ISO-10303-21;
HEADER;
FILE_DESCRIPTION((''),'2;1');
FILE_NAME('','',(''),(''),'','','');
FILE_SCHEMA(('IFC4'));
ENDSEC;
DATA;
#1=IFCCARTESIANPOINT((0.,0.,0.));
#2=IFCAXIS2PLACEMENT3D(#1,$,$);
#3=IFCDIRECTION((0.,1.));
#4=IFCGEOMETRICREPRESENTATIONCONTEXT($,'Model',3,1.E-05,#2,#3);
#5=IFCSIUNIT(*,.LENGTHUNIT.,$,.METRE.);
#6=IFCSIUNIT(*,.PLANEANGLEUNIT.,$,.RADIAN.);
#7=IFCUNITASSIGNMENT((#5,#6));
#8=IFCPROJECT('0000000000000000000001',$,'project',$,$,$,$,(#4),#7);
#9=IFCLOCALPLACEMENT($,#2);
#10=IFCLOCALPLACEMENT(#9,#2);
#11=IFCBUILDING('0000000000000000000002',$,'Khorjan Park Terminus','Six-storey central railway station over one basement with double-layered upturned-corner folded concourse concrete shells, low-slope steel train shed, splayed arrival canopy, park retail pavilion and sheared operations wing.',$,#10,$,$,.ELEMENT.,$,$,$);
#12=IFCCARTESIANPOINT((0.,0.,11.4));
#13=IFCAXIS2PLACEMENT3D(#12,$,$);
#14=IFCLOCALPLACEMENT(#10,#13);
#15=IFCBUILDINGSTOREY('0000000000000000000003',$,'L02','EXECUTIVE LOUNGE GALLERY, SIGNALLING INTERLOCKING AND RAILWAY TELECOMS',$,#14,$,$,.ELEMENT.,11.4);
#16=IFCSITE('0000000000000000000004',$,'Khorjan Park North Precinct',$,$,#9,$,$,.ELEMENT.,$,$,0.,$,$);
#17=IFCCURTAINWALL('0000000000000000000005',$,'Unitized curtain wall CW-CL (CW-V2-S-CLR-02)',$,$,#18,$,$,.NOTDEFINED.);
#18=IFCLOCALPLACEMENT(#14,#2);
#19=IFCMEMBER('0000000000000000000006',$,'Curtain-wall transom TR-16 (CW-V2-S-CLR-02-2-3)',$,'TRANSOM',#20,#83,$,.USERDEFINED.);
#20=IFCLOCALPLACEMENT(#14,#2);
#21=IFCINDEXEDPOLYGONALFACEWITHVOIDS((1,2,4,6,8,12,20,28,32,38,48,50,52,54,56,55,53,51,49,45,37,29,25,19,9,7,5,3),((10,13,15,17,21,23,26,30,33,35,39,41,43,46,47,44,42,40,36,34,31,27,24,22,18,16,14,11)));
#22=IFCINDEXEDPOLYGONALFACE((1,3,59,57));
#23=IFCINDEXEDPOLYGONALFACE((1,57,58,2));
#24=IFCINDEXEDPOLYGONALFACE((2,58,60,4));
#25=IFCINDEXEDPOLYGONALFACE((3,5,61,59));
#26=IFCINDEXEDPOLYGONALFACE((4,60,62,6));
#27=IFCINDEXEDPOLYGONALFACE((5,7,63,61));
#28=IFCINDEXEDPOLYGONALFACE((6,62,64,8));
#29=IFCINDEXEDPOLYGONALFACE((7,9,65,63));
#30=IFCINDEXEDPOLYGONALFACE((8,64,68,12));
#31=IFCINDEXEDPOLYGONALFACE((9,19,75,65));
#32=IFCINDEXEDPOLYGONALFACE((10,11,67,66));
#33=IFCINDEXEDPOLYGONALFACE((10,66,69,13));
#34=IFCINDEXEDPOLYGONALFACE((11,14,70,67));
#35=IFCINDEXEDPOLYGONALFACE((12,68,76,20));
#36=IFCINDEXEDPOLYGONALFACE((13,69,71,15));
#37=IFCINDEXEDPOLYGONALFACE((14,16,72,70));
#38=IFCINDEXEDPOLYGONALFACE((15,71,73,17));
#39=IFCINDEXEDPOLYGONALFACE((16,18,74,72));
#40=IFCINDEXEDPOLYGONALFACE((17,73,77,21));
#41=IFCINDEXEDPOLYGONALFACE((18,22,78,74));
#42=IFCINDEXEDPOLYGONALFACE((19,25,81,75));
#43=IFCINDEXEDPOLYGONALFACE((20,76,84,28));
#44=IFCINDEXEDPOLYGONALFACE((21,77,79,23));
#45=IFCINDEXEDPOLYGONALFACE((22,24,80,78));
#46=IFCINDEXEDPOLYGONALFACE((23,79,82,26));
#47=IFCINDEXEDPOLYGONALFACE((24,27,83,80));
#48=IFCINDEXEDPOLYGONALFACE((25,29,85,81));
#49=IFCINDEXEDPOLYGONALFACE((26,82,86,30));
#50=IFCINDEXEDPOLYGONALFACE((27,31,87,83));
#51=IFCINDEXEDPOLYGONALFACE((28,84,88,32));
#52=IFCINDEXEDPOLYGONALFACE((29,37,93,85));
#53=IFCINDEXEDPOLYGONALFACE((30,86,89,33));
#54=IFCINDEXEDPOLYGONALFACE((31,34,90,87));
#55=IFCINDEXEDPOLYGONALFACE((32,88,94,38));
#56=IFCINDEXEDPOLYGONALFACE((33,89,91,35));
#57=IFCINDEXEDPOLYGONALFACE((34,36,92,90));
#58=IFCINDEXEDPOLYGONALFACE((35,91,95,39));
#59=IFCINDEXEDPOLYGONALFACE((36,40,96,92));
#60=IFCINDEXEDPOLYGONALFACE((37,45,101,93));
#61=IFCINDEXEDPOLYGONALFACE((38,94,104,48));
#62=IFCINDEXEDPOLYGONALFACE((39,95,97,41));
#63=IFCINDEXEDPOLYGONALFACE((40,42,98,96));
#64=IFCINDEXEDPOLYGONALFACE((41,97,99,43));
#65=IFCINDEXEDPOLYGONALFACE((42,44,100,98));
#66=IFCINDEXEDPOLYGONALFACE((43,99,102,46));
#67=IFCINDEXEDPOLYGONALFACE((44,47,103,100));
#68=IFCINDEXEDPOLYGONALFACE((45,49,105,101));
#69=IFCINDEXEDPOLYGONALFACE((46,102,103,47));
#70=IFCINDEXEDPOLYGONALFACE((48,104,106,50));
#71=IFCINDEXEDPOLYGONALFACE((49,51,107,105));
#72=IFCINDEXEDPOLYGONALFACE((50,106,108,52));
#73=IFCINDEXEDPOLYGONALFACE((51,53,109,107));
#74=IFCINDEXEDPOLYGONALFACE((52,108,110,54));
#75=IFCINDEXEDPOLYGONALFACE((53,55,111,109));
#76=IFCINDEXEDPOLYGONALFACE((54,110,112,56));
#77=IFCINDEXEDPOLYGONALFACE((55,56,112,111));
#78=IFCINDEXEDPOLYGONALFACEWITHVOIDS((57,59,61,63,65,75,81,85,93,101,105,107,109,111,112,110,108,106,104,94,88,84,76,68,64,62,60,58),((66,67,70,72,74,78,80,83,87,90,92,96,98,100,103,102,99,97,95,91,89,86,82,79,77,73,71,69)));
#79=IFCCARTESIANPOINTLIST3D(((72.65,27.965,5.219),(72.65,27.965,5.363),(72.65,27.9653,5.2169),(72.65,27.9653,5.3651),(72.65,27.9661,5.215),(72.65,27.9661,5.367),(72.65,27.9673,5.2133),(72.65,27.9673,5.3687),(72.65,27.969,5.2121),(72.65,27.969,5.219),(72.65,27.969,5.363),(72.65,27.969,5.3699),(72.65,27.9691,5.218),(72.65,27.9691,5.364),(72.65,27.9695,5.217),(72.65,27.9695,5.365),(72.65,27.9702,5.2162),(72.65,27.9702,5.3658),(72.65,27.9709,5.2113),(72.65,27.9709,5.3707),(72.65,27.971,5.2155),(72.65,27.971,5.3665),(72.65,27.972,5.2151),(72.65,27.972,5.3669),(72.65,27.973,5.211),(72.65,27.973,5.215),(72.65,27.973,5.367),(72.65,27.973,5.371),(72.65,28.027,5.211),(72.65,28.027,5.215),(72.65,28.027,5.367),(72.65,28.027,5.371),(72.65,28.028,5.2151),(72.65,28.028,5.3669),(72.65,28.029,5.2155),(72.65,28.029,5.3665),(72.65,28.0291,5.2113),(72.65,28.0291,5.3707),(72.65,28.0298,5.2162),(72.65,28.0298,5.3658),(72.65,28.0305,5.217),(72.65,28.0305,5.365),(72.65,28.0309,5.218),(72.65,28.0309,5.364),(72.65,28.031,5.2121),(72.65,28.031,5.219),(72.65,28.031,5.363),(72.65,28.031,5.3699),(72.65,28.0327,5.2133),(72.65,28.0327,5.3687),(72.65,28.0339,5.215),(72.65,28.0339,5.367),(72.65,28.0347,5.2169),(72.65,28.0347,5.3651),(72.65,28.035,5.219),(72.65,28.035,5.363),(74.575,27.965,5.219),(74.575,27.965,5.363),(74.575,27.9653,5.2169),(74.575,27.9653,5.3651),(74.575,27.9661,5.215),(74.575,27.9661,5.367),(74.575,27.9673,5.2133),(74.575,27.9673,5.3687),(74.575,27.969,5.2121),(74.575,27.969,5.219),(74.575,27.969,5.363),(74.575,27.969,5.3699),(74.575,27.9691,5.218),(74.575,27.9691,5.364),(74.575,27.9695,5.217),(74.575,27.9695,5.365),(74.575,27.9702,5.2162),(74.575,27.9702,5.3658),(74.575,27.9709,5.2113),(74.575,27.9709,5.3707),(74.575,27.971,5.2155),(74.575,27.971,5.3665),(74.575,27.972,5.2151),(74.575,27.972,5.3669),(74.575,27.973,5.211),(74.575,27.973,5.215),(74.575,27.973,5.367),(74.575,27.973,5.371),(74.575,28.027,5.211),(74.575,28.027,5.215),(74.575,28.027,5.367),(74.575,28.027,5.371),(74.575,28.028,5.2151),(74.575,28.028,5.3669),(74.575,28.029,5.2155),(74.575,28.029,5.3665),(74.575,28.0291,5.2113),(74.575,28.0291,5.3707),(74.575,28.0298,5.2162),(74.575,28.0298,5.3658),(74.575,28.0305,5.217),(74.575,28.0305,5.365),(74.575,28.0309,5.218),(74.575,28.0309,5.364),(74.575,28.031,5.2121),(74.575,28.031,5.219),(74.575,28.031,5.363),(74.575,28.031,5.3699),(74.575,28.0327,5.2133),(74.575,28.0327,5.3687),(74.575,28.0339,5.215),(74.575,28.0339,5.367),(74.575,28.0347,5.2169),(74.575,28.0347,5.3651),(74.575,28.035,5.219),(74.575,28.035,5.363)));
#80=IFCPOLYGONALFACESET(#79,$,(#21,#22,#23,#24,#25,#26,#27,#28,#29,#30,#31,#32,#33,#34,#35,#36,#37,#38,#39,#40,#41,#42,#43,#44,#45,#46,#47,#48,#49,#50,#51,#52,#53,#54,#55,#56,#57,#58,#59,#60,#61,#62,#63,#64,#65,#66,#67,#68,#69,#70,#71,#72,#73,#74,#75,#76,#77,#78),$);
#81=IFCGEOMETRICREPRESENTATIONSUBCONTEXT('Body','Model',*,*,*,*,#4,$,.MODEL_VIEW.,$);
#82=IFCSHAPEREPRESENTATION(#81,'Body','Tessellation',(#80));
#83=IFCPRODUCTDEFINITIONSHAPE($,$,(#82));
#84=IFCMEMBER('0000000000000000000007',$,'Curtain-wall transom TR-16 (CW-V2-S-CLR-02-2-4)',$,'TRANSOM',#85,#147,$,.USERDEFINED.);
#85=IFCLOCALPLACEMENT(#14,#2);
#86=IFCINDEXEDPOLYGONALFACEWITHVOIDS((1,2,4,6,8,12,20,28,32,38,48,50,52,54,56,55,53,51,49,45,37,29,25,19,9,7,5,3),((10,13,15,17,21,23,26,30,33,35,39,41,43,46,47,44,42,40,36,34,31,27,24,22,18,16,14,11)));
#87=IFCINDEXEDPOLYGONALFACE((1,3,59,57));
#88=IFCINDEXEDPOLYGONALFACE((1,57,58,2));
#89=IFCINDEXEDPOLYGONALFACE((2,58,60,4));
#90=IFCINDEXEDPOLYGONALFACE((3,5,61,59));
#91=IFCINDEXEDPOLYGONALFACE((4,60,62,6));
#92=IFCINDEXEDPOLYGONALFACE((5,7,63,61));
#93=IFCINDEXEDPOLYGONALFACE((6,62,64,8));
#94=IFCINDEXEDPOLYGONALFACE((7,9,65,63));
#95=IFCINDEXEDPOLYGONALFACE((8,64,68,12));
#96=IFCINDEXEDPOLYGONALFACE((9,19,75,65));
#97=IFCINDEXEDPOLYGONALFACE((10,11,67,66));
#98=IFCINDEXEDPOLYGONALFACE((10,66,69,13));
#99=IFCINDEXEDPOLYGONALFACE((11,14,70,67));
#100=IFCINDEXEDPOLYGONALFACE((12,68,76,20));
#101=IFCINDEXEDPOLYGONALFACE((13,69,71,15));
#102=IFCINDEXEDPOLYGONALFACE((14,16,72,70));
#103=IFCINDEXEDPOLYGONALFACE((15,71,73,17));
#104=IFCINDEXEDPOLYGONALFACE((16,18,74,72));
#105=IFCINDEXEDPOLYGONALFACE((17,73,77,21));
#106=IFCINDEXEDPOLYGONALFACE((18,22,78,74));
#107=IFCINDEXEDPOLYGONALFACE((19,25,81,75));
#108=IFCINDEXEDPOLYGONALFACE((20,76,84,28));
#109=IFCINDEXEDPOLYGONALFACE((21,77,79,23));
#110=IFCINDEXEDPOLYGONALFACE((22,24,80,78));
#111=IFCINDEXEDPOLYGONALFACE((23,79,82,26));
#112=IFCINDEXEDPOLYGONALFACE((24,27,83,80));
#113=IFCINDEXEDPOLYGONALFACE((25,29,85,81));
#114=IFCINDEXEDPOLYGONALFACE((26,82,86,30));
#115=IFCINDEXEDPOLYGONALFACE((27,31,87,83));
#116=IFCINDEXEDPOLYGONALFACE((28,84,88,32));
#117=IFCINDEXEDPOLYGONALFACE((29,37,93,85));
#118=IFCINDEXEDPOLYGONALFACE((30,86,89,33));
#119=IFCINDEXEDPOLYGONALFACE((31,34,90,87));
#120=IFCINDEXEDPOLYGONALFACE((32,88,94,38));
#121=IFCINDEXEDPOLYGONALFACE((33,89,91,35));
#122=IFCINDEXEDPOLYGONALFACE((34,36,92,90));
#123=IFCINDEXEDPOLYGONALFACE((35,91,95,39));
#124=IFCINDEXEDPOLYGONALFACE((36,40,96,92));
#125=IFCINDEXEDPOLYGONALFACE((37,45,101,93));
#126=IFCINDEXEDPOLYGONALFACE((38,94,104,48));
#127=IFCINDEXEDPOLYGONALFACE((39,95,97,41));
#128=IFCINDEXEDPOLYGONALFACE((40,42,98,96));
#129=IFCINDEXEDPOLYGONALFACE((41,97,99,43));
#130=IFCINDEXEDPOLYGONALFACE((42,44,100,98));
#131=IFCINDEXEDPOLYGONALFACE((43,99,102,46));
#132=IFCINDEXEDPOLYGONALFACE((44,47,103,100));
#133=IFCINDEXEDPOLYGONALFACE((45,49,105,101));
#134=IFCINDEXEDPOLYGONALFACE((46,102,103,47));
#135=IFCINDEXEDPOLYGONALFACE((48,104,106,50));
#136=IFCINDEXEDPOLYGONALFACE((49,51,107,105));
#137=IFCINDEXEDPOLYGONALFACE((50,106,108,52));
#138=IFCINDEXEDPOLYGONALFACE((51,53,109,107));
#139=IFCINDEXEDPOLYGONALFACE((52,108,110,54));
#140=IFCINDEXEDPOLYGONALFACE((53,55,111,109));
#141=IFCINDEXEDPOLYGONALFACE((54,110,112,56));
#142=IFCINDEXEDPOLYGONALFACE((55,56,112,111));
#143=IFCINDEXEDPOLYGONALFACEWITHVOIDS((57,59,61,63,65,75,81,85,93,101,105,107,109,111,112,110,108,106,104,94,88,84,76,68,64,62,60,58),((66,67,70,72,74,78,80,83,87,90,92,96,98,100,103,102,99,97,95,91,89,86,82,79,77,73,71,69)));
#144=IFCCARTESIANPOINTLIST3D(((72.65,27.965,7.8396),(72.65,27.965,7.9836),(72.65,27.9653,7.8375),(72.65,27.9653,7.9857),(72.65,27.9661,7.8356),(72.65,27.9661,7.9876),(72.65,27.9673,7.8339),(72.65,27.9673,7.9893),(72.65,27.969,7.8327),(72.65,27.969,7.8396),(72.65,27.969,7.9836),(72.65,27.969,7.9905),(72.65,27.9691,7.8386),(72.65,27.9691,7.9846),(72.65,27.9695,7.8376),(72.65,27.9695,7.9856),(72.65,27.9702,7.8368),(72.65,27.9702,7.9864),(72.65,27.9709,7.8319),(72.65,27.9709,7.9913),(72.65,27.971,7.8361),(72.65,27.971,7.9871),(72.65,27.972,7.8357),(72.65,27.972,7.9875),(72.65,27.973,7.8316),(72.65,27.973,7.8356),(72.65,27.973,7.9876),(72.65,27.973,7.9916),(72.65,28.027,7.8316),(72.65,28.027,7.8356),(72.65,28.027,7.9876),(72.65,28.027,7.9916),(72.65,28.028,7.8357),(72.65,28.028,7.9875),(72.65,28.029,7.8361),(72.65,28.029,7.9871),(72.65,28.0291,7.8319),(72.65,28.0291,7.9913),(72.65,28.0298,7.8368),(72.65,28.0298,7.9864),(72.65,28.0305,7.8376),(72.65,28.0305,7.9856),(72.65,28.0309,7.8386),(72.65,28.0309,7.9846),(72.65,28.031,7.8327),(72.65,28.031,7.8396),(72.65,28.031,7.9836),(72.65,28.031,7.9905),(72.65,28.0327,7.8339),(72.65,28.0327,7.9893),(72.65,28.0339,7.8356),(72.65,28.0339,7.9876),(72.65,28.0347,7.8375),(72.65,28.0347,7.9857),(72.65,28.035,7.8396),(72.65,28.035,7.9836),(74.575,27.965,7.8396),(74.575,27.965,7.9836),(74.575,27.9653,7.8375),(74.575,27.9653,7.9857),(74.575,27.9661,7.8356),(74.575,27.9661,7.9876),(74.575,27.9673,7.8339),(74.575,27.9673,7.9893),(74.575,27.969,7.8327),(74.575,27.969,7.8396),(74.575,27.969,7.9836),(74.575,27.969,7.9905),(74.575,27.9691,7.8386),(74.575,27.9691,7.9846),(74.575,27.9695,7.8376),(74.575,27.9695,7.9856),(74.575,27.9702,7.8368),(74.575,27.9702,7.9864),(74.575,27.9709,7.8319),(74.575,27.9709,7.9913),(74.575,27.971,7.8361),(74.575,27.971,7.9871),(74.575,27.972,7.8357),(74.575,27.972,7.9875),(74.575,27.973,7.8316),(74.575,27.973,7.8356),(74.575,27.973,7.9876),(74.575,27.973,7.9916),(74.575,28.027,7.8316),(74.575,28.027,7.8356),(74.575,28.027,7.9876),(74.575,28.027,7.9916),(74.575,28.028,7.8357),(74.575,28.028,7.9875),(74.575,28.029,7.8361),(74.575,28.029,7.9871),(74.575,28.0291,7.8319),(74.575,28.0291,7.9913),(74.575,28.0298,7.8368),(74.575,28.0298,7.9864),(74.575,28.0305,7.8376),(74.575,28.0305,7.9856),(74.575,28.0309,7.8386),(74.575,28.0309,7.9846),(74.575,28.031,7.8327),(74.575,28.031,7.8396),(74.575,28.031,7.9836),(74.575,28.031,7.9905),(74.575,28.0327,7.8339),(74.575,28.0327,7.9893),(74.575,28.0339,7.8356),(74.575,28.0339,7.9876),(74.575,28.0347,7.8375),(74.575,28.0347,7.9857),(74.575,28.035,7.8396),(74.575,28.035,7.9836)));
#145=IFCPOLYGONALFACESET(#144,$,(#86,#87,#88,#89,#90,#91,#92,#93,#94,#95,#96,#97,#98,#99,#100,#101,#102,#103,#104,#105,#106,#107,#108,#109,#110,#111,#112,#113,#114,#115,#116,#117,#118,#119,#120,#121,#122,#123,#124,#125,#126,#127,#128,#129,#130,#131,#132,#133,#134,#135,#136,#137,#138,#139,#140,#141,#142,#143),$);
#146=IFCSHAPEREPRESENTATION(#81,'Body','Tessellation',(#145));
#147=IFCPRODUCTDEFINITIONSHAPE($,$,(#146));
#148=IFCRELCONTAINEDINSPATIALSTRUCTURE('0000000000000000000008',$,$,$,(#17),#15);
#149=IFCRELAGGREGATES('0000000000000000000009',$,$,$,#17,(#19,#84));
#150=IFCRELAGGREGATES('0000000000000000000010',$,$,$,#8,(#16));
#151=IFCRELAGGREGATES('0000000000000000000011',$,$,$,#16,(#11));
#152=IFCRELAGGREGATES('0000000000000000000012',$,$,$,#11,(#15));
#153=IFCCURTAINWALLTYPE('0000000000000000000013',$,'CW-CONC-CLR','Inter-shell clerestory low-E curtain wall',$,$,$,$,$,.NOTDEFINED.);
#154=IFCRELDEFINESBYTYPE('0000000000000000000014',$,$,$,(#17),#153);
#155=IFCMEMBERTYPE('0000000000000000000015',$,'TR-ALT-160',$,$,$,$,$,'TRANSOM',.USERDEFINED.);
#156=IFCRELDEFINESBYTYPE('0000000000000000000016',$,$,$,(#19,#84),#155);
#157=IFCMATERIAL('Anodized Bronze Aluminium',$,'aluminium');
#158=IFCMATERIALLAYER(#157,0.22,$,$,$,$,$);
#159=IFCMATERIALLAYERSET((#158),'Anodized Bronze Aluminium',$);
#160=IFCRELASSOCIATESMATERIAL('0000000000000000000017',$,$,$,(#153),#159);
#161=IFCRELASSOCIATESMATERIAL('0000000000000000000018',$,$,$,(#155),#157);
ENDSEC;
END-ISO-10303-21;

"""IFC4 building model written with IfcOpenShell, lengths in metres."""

from ifc_helpers import new_model, si_unit, direction, frame, origin, origin_2d, place, context, subcontext, project, spatial, hollow_rectangle, extrude, material, layer, layer_set, material_profile, profile_set, type_object, element, aggregate, save


model = new_model("IFC4")

# Units and contexts
model_context = context("Model", 3, precision=1e-05, world=origin(), true_north=direction((0.0, 1.0)))
body_context = subcontext(model_context, "Body", "Model", "MODEL_VIEW")
ifc_project = project(units=[si_unit("LENGTHUNIT", "METRE"), si_unit("PLANEANGLEUNIT", "RADIAN")], contexts=[model_context])

# Site, building, storey
site_placement = place(None, origin())
site = spatial("IfcSite", under=ifc_project, at=site_placement, Name="Khorjan Park North Precinct", CompositionType="ELEMENT", RefElevation=0.0)
building_placement = place(site_placement, origin())
building = spatial("IfcBuilding", under=site, at=building_placement, Name="Khorjan Park Terminus", Description="Six-storey central railway station over one basement with double-layered upturned-corner folded concourse concrete shells, low-slope steel train shed, splayed arrival canopy, park retail pavilion and sheared operations wing.", CompositionType="ELEMENT")
storey_placement = place(building_placement, frame((0.0, 0.0, 11.4)))
storey = spatial("IfcBuildingStorey", under=building, at=storey_placement, Name="L02", Description="EXECUTIVE LOUNGE GALLERY, SIGNALLING INTERLOCKING AND RAILWAY TELECOMS", CompositionType="ELEMENT", Elevation=11.4)

# Curtain wall
ifc_material_1 = material(Name="Anodized Bronze Aluminium", Category="aluminium")
ifc_layer_1 = layer(ifc_material_1, 0.22)
ifc_layer_set_1 = layer_set([ifc_layer_1], Name="Anodized Bronze Aluminium")
curtain_wall_type = type_object("IfcCurtainWallType", Name="CW-CONC-CLR", Description="Inter-shell clerestory low-E curtain wall", PredefinedType="NOTDEFINED", material=ifc_layer_set_1)
curtain_wall_placement = place(storey_placement, origin())
curtain_wall = element("IfcCurtainWall", 1, at=curtain_wall_placement, inside=storey, type_object=curtain_wall_type, Name="Unitized curtain wall CW-CL (CW-V2-S-CLR-02)", PredefinedType="NOTDEFINED")

# Members
ifc_material_profile_1 = material_profile(ifc_material_1, hollow_rectangle(XDim=0.07, YDim=0.16, WallThickness=0.004, InnerFilletRadius=0.004, OuterFilletRadius=0.008, at=origin_2d()), Name="ALT 70x160x4")
ifc_profile_set_1 = profile_set([ifc_material_profile_1], Name="Anodized Bronze Aluminium")
member_type_1 = type_object("IfcMemberType", Name="TR-ALT-160", ElementType="TRANSOM", PredefinedType="USERDEFINED", material=ifc_profile_set_1)
member_1_placement = place(storey_placement, frame((72.65, 28.0, 5.291), z_axis=(1.0, 0.0, 0.0), x_axis=(0.0, 1.0, 0.0)))
member_1 = element("IfcMember", 2, at=member_1_placement, type_object=member_type_1, Name="Curtain-wall transom TR-16 (CW-V2-S-CLR-02-2-3)", ObjectType="TRANSOM", PredefinedType="USERDEFINED", context=body_context, shape_type="SweptSolid", body=[
    extrude(hollow_rectangle(XDim=0.07, YDim=0.16, WallThickness=0.004, InnerFilletRadius=0.004, OuterFilletRadius=0.008, at=origin_2d()), origin(), (0.0, 0.0, 1.0), 1.925),
])
member_2_placement = place(storey_placement, frame((72.65, 28.0, 7.9116), z_axis=(1.0, 0.0, 0.0), x_axis=(0.0, 1.0, 0.0)))
member_2 = element("IfcMember", 3, at=member_2_placement, type_object=member_type_1, Name="Curtain-wall transom TR-16 (CW-V2-S-CLR-02-2-4)", ObjectType="TRANSOM", PredefinedType="USERDEFINED", context=body_context, shape_type="SweptSolid", body=[
    extrude(hollow_rectangle(XDim=0.07, YDim=0.16, WallThickness=0.004, InnerFilletRadius=0.004, OuterFilletRadius=0.008, at=origin_2d()), origin(), (0.0, 0.0, 1.0), 1.925),
])

aggregate(curtain_wall, [member_1, member_2])

save(model, "model.ifc")
